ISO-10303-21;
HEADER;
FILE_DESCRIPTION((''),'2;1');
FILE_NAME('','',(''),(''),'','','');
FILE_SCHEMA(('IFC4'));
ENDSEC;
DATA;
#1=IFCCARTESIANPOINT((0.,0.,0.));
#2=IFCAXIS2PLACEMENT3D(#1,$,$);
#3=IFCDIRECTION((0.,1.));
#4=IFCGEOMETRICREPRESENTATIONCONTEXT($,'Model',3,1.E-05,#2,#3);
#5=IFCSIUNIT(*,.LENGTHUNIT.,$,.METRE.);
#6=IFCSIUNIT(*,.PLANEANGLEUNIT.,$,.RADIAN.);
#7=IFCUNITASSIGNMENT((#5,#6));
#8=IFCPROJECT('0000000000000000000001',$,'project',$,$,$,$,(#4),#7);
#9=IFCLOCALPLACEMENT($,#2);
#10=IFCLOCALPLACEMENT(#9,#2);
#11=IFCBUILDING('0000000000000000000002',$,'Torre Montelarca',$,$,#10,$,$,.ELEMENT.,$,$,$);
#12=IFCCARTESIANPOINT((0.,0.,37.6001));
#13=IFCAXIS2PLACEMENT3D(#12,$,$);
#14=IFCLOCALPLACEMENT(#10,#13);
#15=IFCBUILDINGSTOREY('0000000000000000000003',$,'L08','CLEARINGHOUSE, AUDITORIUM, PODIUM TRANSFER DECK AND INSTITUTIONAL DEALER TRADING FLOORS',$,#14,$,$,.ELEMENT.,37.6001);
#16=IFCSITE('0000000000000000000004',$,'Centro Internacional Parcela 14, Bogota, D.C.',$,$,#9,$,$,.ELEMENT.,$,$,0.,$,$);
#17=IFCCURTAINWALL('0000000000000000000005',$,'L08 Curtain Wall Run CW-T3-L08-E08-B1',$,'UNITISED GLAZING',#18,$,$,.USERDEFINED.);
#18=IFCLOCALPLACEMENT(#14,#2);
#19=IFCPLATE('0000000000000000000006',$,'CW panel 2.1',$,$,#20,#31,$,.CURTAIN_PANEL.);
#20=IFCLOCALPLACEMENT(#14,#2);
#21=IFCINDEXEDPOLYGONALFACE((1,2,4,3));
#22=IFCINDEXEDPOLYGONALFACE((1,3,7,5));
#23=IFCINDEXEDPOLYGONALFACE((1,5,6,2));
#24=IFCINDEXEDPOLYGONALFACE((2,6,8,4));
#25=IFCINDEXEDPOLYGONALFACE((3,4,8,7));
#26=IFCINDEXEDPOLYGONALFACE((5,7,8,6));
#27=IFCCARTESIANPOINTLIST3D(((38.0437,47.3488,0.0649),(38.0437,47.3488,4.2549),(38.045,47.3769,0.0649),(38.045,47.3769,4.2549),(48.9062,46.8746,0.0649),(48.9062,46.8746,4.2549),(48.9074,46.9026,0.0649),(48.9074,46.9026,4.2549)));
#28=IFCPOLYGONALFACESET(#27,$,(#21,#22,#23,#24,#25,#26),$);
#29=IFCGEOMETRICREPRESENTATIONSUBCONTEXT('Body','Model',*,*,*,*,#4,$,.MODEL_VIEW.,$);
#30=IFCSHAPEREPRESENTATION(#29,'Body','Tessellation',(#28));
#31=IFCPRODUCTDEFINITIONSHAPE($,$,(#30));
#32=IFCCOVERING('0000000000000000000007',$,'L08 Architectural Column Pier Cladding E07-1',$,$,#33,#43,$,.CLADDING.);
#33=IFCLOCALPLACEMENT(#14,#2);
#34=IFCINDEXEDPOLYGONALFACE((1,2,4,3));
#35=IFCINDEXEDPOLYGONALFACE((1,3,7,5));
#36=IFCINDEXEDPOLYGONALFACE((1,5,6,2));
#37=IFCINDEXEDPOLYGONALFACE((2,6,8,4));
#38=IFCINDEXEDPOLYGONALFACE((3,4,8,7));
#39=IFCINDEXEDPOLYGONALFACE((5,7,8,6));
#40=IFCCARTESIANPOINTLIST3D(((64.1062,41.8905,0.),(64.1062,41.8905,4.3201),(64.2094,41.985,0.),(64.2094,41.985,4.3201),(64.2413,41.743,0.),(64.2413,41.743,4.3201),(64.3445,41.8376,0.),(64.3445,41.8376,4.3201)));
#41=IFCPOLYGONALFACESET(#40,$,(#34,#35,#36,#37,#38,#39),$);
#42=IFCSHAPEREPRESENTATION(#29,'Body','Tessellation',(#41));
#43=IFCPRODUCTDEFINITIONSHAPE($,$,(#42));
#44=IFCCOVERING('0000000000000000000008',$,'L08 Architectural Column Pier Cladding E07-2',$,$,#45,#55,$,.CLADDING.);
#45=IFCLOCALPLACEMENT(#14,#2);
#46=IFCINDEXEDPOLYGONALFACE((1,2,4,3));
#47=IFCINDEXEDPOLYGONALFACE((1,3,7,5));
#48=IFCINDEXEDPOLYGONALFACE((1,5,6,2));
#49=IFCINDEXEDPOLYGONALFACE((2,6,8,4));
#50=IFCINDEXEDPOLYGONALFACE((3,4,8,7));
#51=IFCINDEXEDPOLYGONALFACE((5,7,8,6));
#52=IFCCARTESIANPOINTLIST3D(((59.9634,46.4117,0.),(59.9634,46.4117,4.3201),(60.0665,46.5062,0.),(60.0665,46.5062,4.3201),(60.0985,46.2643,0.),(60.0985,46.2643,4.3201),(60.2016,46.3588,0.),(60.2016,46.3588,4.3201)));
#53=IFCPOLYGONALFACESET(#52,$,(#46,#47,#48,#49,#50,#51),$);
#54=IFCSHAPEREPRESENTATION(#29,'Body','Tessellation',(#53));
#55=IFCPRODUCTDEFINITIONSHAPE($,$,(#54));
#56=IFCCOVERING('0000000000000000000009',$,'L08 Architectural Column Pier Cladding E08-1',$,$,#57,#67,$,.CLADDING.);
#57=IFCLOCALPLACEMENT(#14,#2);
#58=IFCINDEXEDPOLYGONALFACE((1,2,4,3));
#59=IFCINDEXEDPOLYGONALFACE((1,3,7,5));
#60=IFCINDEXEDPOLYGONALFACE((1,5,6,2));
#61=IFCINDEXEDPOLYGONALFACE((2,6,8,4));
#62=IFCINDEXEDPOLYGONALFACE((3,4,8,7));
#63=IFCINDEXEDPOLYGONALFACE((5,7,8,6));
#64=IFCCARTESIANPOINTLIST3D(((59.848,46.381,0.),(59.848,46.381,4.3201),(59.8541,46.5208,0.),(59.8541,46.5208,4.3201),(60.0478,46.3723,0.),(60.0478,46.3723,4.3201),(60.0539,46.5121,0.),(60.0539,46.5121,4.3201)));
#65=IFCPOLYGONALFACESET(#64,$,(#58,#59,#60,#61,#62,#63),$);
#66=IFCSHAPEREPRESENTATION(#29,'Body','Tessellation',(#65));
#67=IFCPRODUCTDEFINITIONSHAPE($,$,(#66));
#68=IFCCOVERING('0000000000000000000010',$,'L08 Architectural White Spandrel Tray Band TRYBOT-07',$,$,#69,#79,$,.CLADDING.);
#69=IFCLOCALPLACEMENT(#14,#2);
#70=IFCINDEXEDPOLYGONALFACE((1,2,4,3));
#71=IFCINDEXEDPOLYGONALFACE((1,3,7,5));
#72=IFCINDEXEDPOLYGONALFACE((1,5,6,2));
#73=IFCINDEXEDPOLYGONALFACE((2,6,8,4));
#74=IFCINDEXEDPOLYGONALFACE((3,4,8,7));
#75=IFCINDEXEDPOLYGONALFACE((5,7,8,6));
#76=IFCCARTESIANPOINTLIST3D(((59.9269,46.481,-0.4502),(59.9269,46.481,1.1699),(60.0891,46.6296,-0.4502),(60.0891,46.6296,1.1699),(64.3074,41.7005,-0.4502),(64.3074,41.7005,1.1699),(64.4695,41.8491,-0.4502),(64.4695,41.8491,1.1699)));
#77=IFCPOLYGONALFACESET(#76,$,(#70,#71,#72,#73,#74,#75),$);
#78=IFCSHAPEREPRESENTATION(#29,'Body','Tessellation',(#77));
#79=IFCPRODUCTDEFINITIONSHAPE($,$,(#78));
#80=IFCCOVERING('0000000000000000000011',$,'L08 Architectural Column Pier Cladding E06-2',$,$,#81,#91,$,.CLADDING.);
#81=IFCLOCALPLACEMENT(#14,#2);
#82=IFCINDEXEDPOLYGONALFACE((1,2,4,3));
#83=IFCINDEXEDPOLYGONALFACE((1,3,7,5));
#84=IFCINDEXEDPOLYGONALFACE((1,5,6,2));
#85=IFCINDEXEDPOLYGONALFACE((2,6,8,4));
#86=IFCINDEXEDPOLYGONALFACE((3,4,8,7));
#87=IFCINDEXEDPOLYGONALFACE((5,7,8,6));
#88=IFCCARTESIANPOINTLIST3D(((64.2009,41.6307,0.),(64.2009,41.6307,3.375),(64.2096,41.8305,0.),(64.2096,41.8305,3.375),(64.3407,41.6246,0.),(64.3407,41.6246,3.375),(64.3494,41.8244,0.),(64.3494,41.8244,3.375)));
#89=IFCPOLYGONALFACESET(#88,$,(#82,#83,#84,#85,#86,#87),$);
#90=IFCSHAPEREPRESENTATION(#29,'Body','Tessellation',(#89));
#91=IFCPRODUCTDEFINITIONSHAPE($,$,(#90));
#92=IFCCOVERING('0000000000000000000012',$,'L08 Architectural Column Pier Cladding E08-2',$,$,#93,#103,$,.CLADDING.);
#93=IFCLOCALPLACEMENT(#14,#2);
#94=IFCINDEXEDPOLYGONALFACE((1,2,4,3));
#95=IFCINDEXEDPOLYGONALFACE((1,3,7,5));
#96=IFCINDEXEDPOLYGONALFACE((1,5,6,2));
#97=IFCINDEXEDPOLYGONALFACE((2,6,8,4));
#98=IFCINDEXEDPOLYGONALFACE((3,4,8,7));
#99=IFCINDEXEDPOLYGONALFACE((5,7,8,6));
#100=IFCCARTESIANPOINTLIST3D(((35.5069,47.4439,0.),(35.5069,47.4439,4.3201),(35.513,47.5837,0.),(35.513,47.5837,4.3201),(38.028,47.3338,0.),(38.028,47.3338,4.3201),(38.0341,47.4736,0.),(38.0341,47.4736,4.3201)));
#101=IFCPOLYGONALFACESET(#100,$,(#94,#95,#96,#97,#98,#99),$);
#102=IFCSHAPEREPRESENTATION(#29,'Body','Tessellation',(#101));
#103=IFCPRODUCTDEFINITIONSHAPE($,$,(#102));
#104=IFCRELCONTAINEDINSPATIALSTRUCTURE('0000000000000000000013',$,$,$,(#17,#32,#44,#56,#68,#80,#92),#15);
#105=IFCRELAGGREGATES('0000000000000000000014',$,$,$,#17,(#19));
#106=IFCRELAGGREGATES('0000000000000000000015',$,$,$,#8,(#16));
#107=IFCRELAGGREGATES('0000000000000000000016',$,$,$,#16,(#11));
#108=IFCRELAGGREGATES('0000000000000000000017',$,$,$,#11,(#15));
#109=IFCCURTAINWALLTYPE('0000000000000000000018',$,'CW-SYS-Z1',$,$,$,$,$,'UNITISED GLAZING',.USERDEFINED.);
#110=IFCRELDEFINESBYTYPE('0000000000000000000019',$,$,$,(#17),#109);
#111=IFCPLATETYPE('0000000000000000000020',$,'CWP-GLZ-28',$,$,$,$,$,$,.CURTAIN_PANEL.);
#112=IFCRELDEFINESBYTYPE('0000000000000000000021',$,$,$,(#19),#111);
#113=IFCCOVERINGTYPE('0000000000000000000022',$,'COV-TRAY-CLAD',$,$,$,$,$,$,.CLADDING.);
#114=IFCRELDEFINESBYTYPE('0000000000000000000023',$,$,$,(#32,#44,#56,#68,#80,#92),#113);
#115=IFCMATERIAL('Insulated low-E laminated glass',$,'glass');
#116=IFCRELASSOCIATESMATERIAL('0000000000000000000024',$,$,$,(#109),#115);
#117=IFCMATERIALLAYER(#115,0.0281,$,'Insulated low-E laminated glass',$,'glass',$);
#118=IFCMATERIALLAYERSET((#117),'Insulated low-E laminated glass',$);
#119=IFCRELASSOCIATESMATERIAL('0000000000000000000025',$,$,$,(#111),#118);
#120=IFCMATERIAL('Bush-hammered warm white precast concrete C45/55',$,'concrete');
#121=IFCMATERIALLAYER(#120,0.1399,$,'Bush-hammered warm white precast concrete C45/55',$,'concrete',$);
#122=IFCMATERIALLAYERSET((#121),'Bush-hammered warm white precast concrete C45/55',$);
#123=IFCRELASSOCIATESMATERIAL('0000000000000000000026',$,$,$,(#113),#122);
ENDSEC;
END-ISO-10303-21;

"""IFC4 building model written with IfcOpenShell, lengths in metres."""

from ifc_helpers import new_model, si_unit, direction, frame, origin, origin_2d, place, context, subcontext, project, spatial, rectangle, extrude, source, transform, mapped, material, layer, layer_set, type_object, element, aggregate, save


model = new_model("IFC4")

# Units and contexts
model_context = context("Model", 3, precision=1e-05, world=origin(), true_north=direction((0.0, 1.0)))
body_context = subcontext(model_context, "Body", "Model", "MODEL_VIEW")
ifc_project = project(units=[si_unit("LENGTHUNIT", "METRE"), si_unit("PLANEANGLEUNIT", "RADIAN")], contexts=[model_context])

# Site, building, storey
site_placement = place(None, origin())
site = spatial("IfcSite", under=ifc_project, at=site_placement, Name="Centro Internacional Parcela 14, Bogota, D.C.", CompositionType="ELEMENT", RefElevation=0.0)
building_placement = place(site_placement, origin())
building = spatial("IfcBuilding", under=site, at=building_placement, Name="Torre Montelarca", CompositionType="ELEMENT")
storey_placement = place(building_placement, frame((0.0, 0.0, 37.6001)))
storey = spatial("IfcBuildingStorey", under=building, at=storey_placement, Name="L08", Description="CLEARINGHOUSE, AUDITORIUM, PODIUM TRANSFER DECK AND INSTITUTIONAL DEALER TRADING FLOORS", CompositionType="ELEMENT", Elevation=37.6001)

# Curtain wall
ifc_material_1 = material(Name="Insulated low-E laminated glass", Category="glass")
curtain_wall_type = type_object("IfcCurtainWallType", Name="CW-SYS-Z1", ElementType="UNITISED GLAZING", PredefinedType="USERDEFINED", material=ifc_material_1)
curtain_wall_1_placement = place(storey_placement, origin())
curtain_wall_1 = element("IfcCurtainWall", 1, at=curtain_wall_1_placement, inside=storey, type_object=curtain_wall_type, Name="L08 Curtain Wall Run CW-T3-L08-E08-B1", ObjectType="UNITISED GLAZING", PredefinedType="USERDEFINED")

# Plate
ifc_layer_1 = layer(ifc_material_1, 0.0281, Name="Insulated low-E laminated glass", Category="glass")
ifc_layer_set_1 = layer_set([ifc_layer_1], Name="Insulated low-E laminated glass")
plate_type = type_object("IfcPlateType", Name="CWP-GLZ-28", PredefinedType="CURTAIN_PANEL", material=ifc_layer_set_1)
shared_shape_1 = source(origin(), body_context, "Body", "SweptSolid", [
    extrude(rectangle(XDim=10.8728, YDim=0.0281, at=origin_2d()), origin(), (0.0, 0.0, 1.0), 4.1899),
])
plate_1_placement = place(storey_placement, frame((43.4756, 47.1257, 0.0649), z_axis=(0.0, 0.0, 1.0), x_axis=(-0.999048, 0.043618, 0.0)))
plate_1 = element("IfcPlate", 2, at=plate_1_placement, type_object=plate_type, Name="CW panel 2.1", PredefinedType="CURTAIN_PANEL", context=body_context, shape_type="MappedRepresentation", body=[
    mapped(shared_shape_1, transform((0.0, 0.0, 0.0), scale=1.0)),
])
aggregate(curtain_wall_1, [plate_1])

# Coverings
ifc_material_2 = material(Name="Bush-hammered warm white precast concrete C45/55", Category="concrete")
ifc_layer_2 = layer(ifc_material_2, 0.1399, Name="Bush-hammered warm white precast concrete C45/55", Category="concrete")
ifc_layer_set_2 = layer_set([ifc_layer_2], Name="Bush-hammered warm white precast concrete C45/55")
covering_type = type_object("IfcCoveringType", Name="COV-TRAY-CLAD", PredefinedType="CLADDING", material=ifc_layer_set_2)
shared_shape_2 = source(origin(), body_context, "Body", "SweptSolid", [
    extrude(rectangle(XDim=0.2, YDim=0.1399, at=origin_2d()), origin(), (0.0, 0.0, 1.0), 4.3201),
])
for number, where, z_axis, x_axis, name in (
    (3, (64.2253, 41.864, 0.0), (0.0, 0.0, 1.0), (-0.675586, 0.737281, 0.0), "L08 Architectural Column Pier Cladding E07-1"),
    (4, (60.0825, 46.3853, 0.0), (0.0, 0.0, 1.0), (-0.675586, 0.737281, 0.0), "L08 Architectural Column Pier Cladding E07-2"),
    (5, (59.9509, 46.4465, 0.0), (0.0, 0.0, 1.0), (-0.999048, 0.043621, 0.0), "L08 Architectural Column Pier Cladding E08-1"),
):
    element("IfcCovering", number, at=place(storey_placement, frame(where, z_axis=z_axis, x_axis=x_axis)), inside=storey, type_object=covering_type, Name=name, PredefinedType="CLADDING", context=body_context, shape_type="MappedRepresentation", body=[
        mapped(shared_shape_2, transform((0.0, 0.0, 0.0), scale=1.0)),
    ])
shared_shape_3 = source(origin(), body_context, "Body", "SweptSolid", [
    extrude(rectangle(XDim=6.4839, YDim=0.22, at=origin_2d()), origin(), (0.0, 0.0, 1.0), 1.6201),
])
covering_1_placement = place(storey_placement, frame((62.1982, 44.165, -0.4502), z_axis=(0.0, 0.0, 1.0), x_axis=(-0.675588, 0.73728, 0.0)))
element("IfcCovering", 6, at=covering_1_placement, inside=storey, type_object=covering_type, Name="L08 Architectural White Spandrel Tray Band TRYBOT-07", PredefinedType="CLADDING", context=body_context, shape_type="MappedRepresentation", body=[
    mapped(shared_shape_3, transform((0.0, 0.0, 0.0), scale=1.0)),
])
shared_shape_4 = source(origin(), body_context, "Body", "SweptSolid", [
    extrude(rectangle(XDim=0.2, YDim=0.1399, at=origin_2d()), origin(), (0.0, 0.0, 1.0), 3.375),
])
covering_2_placement = place(storey_placement, frame((64.2751, 41.7275, 0.0), z_axis=(0.0, 0.0, 1.0), x_axis=(0.043621, 0.999048, 0.0)))
element("IfcCovering", 7, at=covering_2_placement, inside=storey, type_object=covering_type, Name="L08 Architectural Column Pier Cladding E06-2", PredefinedType="CLADDING", context=body_context, shape_type="MappedRepresentation", body=[
    mapped(shared_shape_4, transform((0.0, 0.0, 0.0), scale=1.0)),
])
shared_shape_5 = source(origin(), body_context, "Body", "SweptSolid", [
    extrude(rectangle(XDim=2.5234, YDim=0.1399, at=origin_2d()), origin(), (0.0, 0.0, 1.0), 4.3201),
])
covering_3_placement = place(storey_placement, frame((36.7705, 47.4587, 0.0), z_axis=(0.0, 0.0, 1.0), x_axis=(-0.999048, 0.043621, 0.0)))
element("IfcCovering", 8, at=covering_3_placement, inside=storey, type_object=covering_type, Name="L08 Architectural Column Pier Cladding E08-2", PredefinedType="CLADDING", context=body_context, shape_type="MappedRepresentation", body=[
    mapped(shared_shape_5, transform((0.0, 0.0, 0.0), scale=1.0)),
])

save(model, "model.ifc")
